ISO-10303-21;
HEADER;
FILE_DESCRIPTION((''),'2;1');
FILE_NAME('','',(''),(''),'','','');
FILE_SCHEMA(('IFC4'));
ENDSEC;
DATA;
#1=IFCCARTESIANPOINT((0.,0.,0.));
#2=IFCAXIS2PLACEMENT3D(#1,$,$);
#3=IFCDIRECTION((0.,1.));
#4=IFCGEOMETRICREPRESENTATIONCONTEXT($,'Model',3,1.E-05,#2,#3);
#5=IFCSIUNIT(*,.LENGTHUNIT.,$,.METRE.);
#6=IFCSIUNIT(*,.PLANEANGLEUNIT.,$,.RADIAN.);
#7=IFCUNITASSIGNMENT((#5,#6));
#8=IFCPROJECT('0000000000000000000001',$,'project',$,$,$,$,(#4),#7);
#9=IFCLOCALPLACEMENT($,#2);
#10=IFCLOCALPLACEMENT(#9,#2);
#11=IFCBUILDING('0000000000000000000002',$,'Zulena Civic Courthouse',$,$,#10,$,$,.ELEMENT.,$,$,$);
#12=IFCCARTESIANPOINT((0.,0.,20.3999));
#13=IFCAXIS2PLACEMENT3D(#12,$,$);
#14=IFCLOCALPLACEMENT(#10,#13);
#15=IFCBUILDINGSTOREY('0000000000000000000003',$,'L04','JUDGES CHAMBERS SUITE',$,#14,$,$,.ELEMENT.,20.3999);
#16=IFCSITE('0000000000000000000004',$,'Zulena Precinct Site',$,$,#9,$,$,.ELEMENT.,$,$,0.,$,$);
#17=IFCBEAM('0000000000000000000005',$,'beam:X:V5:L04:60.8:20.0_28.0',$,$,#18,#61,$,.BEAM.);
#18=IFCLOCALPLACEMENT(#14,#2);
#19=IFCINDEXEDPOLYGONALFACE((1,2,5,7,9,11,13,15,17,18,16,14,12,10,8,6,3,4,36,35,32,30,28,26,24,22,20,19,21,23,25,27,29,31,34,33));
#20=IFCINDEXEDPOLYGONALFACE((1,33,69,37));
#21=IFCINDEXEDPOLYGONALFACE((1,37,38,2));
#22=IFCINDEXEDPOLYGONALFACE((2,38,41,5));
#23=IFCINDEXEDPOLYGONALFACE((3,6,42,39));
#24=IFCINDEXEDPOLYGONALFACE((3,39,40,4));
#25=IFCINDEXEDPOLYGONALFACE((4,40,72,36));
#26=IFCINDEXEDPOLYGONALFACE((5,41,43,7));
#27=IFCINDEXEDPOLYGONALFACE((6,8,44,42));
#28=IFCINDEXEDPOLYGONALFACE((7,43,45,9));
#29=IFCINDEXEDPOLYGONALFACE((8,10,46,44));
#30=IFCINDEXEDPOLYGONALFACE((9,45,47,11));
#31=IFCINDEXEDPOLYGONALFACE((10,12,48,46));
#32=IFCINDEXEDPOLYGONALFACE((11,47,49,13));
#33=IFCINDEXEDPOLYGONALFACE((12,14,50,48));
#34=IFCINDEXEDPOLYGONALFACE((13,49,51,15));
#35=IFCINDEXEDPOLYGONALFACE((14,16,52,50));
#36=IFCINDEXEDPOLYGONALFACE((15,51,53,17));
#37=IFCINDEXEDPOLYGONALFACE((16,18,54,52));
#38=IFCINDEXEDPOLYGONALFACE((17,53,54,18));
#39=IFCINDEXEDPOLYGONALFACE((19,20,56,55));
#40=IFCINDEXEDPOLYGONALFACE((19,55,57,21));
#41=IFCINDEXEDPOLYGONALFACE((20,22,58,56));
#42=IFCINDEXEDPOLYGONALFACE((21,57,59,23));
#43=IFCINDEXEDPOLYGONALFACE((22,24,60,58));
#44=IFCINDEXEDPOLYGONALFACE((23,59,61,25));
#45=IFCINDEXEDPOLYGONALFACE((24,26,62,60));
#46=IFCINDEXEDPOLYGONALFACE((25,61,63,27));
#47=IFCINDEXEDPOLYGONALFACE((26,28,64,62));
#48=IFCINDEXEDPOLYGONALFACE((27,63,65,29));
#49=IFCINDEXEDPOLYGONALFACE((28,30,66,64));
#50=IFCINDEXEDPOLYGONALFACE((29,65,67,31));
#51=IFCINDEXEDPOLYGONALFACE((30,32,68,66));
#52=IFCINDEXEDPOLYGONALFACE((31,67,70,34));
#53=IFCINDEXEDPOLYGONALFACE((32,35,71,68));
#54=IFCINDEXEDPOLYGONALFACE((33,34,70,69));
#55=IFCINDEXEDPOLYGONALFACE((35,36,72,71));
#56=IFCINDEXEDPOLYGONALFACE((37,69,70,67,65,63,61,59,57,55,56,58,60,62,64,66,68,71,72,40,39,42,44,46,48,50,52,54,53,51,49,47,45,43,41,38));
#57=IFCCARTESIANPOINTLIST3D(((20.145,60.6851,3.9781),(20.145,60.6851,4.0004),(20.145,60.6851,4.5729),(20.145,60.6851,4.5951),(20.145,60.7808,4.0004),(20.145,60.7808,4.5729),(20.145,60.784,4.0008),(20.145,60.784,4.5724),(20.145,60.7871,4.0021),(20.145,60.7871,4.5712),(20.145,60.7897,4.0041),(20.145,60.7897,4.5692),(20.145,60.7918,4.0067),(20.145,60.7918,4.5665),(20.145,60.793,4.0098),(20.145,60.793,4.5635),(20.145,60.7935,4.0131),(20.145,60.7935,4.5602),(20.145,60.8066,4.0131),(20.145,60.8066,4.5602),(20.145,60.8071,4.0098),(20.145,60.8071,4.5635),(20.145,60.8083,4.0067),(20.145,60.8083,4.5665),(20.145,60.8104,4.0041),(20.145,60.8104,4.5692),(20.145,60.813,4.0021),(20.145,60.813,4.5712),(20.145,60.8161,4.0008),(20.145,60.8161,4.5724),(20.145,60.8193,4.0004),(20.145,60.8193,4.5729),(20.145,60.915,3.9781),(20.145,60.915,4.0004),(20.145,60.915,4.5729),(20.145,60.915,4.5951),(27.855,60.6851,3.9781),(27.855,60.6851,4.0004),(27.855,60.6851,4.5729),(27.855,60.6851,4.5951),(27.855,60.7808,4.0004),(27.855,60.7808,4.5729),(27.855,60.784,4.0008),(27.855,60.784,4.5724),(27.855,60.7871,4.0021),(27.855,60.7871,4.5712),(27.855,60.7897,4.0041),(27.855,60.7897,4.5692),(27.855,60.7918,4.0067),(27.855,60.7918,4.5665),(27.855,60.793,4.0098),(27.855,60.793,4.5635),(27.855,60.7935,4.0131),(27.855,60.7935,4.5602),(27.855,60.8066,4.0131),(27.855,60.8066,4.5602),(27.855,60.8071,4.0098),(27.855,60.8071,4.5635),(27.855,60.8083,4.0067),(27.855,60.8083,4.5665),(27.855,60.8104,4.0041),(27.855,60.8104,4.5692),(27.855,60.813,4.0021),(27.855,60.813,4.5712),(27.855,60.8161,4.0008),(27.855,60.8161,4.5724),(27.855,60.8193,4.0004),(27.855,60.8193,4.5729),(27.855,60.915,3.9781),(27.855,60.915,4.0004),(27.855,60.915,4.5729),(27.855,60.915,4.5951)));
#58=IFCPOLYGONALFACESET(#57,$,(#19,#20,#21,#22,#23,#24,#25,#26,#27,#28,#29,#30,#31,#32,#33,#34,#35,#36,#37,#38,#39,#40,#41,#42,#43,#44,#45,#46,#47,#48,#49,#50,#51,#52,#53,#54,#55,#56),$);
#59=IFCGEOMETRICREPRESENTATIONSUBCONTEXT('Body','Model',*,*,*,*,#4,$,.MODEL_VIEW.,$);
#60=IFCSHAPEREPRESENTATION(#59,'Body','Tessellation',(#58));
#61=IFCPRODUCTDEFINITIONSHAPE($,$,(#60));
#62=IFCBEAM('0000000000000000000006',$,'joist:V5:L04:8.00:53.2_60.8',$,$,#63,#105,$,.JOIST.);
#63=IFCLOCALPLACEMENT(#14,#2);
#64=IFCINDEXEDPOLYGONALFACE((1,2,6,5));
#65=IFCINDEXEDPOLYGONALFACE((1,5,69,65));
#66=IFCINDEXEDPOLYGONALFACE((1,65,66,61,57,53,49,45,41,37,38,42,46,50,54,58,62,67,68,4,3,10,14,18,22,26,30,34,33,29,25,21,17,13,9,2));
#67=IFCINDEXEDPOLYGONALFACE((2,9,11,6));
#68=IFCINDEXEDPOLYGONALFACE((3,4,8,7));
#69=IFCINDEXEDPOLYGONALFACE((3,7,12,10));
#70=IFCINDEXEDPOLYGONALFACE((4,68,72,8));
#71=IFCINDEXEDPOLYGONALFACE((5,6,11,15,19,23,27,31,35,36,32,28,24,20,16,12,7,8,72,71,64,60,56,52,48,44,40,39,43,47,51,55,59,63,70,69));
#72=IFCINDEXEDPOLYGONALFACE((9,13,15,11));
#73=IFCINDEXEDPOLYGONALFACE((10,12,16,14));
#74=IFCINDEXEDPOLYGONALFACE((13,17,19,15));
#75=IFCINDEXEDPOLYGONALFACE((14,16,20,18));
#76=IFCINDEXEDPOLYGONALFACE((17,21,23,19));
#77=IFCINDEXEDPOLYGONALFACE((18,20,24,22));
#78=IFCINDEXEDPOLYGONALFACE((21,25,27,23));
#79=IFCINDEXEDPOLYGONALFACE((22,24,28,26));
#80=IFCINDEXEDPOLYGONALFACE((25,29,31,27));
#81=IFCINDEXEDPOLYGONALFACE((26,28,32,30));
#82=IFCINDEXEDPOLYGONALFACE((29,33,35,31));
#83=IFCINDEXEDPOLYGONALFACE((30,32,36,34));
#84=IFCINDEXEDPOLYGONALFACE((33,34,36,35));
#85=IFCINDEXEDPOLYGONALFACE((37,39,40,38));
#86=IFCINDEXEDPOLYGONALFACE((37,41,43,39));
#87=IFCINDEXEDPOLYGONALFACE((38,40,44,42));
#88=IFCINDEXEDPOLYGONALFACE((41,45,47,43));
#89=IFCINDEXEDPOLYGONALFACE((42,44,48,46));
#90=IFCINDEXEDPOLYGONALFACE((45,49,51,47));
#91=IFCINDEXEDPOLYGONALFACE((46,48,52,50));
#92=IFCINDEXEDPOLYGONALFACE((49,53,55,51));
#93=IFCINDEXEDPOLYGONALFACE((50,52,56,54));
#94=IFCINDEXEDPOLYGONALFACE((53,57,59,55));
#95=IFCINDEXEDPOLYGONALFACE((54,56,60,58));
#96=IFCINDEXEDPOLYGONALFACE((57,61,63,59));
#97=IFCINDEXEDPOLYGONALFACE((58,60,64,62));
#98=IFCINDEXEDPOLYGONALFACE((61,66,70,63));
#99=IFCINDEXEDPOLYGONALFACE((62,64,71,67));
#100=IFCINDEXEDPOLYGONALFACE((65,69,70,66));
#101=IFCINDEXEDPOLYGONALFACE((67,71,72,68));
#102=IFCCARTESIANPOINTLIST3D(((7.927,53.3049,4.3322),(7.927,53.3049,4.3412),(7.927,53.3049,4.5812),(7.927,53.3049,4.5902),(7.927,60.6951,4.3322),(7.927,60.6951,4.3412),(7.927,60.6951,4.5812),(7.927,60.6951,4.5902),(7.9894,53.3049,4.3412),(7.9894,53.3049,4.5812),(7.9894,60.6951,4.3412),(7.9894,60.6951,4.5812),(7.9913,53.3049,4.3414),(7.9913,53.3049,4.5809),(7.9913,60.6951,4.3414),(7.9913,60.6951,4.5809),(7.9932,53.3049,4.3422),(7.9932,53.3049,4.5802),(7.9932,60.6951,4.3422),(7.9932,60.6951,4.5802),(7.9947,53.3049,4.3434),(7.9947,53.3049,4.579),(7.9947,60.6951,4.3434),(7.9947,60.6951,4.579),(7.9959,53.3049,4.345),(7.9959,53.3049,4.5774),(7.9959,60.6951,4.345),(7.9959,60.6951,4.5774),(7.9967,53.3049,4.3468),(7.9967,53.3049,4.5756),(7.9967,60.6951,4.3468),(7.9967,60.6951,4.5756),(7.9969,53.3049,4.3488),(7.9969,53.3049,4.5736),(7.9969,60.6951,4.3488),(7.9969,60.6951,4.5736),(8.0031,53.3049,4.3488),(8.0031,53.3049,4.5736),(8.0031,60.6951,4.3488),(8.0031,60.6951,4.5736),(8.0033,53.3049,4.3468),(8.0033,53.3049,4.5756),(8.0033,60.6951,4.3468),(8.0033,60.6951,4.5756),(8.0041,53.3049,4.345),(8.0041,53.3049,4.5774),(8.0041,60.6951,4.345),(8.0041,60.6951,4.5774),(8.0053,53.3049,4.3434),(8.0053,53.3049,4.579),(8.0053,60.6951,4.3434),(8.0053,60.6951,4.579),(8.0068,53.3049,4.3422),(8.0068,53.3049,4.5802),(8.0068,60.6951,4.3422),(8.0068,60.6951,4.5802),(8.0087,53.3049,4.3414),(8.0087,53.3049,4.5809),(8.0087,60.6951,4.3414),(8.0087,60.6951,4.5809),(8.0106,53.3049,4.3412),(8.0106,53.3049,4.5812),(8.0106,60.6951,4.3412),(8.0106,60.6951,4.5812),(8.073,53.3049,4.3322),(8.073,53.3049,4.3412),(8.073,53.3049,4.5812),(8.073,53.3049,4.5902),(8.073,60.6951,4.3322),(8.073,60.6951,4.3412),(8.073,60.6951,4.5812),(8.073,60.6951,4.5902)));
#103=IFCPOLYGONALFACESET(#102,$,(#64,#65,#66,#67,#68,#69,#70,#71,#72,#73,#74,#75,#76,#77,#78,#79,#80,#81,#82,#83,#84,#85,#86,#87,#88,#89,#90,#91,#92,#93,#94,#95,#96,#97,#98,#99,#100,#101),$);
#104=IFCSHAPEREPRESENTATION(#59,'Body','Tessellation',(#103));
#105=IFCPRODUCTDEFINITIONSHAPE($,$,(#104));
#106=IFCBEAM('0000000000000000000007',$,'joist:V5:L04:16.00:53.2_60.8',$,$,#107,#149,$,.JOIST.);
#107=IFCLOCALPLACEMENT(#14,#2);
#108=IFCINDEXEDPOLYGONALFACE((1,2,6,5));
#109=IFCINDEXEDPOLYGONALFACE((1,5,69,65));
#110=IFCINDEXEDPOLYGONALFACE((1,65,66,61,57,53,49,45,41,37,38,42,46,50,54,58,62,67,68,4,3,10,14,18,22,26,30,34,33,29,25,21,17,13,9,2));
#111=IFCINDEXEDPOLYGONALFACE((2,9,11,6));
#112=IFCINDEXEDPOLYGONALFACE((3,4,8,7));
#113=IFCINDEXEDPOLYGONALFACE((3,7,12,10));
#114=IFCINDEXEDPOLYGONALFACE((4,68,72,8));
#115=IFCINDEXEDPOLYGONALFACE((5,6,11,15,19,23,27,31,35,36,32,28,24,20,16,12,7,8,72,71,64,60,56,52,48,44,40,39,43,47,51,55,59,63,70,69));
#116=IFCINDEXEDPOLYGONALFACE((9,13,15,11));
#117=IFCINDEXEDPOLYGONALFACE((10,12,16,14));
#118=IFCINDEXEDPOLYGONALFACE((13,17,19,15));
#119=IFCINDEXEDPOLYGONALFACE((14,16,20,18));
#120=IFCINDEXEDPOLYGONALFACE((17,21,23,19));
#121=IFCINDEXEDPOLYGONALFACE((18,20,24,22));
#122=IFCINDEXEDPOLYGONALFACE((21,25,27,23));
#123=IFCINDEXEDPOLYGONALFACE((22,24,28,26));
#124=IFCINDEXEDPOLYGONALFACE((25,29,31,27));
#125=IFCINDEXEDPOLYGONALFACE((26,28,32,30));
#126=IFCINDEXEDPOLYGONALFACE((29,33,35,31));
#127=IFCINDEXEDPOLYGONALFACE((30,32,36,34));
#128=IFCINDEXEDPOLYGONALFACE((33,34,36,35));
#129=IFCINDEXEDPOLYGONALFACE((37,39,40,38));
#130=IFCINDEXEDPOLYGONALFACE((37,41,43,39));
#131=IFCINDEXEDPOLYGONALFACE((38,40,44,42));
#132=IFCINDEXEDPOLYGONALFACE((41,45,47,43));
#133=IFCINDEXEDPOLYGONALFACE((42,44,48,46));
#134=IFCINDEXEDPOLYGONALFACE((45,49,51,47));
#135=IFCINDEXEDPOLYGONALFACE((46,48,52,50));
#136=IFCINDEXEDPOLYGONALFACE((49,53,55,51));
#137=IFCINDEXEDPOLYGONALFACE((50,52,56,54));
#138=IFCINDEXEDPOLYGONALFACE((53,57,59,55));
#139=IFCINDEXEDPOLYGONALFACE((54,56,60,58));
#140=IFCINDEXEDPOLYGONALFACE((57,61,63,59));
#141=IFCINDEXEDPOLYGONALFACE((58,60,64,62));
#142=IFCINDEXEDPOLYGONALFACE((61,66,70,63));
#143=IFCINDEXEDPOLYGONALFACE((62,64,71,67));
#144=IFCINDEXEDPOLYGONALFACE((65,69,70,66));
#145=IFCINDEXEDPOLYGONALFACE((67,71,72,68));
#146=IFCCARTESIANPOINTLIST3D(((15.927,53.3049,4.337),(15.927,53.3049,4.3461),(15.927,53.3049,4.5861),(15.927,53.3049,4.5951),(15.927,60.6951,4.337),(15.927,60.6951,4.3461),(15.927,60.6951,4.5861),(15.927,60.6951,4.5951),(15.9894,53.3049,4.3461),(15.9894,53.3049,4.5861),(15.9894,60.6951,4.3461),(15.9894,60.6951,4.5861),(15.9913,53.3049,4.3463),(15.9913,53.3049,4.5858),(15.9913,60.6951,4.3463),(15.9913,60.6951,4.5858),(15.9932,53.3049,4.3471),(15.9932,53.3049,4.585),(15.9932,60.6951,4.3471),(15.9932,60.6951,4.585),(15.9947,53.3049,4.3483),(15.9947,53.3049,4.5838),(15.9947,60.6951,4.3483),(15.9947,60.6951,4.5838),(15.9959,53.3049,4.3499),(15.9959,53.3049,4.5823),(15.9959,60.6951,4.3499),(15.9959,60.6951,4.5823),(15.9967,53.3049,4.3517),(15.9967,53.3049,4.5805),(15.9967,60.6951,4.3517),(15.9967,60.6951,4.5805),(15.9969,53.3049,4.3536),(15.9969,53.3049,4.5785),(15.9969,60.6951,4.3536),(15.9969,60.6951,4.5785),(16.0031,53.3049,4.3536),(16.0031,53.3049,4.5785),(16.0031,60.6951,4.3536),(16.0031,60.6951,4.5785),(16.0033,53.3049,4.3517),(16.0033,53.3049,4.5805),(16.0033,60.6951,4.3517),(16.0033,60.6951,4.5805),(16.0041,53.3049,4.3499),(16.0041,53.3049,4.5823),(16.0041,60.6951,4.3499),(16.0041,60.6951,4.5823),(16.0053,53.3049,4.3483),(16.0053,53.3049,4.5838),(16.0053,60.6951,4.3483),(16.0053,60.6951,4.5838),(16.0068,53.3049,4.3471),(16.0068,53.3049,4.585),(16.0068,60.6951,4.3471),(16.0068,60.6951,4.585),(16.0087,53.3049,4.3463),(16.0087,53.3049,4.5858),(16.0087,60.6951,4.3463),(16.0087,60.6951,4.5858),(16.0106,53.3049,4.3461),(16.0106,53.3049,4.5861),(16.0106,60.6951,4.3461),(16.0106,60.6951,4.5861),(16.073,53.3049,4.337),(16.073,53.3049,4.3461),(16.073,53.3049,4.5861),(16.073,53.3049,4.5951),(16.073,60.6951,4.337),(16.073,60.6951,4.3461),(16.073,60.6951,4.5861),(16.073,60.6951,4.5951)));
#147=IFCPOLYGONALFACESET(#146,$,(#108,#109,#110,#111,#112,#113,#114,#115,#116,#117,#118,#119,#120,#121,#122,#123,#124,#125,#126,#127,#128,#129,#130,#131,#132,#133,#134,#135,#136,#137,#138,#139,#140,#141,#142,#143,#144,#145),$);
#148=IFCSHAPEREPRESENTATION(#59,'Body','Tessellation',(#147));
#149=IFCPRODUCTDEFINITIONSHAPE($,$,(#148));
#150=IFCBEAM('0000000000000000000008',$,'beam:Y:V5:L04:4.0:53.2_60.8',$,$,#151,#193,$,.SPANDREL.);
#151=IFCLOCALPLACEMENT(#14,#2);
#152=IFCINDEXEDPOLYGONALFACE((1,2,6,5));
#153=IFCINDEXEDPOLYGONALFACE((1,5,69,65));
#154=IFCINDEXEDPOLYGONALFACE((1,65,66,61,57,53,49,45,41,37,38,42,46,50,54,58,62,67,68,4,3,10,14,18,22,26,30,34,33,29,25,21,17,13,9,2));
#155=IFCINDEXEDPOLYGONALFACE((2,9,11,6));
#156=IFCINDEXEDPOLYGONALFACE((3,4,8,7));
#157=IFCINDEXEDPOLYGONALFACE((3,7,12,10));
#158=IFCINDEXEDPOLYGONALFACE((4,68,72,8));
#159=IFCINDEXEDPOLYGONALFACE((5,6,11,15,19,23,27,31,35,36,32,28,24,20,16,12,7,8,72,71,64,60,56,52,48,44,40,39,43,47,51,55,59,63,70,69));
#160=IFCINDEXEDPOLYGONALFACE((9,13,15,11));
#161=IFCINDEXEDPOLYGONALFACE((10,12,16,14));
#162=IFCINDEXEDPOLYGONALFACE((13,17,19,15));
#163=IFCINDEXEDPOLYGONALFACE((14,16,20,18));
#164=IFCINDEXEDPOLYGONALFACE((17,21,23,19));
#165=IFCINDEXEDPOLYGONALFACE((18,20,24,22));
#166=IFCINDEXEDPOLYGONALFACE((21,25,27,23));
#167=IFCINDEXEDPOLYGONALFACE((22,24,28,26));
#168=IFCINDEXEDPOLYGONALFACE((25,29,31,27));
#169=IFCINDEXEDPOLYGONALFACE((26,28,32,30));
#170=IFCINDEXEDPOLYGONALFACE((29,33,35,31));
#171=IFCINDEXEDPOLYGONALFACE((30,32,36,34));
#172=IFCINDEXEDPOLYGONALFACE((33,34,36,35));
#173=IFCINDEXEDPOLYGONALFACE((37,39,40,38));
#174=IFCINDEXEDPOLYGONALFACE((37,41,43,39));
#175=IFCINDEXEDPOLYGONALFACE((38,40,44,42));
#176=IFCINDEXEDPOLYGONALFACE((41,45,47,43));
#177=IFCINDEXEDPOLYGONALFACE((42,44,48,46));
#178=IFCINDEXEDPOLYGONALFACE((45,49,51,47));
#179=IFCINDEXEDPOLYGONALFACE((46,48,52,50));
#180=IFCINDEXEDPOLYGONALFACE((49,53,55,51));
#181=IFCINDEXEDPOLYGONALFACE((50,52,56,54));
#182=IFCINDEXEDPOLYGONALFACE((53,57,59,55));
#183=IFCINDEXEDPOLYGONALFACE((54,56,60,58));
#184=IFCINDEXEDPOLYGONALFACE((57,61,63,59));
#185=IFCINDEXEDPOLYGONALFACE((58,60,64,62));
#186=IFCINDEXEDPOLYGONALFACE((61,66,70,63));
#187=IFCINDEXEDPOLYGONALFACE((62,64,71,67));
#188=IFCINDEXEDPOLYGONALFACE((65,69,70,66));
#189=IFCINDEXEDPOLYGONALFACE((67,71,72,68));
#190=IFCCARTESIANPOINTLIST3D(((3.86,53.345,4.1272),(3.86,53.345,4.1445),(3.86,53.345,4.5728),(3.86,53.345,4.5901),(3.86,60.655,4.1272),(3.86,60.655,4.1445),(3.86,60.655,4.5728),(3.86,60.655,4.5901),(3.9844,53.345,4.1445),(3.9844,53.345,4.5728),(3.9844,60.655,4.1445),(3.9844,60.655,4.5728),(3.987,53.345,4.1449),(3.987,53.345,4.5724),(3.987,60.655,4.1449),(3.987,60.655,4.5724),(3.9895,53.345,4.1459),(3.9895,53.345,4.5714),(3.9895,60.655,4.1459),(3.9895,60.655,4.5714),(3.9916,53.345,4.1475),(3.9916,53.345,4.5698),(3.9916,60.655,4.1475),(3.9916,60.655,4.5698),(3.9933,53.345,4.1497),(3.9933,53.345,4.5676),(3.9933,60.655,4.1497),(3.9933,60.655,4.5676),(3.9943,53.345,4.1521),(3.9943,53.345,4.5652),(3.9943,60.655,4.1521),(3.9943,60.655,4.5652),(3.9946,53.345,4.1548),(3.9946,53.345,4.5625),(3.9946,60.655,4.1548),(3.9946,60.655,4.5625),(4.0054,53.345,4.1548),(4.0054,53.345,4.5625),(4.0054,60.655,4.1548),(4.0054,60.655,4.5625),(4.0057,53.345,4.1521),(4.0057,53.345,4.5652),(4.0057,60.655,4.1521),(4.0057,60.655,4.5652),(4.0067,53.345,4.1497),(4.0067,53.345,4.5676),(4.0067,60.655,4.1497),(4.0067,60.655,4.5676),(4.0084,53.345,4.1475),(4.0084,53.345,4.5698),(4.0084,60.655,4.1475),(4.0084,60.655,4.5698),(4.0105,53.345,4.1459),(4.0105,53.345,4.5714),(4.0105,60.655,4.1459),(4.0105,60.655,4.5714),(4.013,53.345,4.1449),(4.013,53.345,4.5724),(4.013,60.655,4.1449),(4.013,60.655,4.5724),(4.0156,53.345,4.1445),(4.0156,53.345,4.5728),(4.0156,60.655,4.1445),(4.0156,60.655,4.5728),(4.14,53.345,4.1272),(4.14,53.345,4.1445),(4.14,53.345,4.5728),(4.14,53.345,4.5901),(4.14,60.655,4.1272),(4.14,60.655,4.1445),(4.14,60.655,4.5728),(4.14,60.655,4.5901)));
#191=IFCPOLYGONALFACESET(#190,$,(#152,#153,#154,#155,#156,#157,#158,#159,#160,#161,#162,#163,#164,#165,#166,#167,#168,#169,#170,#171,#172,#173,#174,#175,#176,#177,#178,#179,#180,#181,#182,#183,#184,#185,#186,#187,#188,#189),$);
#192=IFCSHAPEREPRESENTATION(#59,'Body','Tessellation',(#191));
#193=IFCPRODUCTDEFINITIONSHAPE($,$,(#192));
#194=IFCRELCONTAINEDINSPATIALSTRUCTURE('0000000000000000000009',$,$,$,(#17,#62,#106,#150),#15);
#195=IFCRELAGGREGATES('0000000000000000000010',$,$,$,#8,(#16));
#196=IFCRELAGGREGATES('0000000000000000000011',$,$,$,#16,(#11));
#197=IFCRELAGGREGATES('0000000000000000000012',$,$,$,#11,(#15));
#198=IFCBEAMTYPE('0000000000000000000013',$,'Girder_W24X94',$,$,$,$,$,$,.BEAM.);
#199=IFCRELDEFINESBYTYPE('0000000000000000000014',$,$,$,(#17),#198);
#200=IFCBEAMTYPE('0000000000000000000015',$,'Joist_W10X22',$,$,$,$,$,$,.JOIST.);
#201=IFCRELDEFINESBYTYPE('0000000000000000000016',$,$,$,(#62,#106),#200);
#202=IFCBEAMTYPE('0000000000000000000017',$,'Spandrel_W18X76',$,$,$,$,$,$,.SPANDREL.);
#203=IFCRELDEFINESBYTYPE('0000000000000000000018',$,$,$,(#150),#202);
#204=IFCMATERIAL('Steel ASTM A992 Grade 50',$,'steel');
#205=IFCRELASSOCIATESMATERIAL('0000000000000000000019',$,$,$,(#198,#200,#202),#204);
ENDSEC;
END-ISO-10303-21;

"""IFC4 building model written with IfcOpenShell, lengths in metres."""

from ifc_helpers import new_model, si_unit, direction, frame, origin, origin_2d, place, context, subcontext, project, spatial, i_section, extrude, material, material_profile, profile_set, type_object, element, save


model = new_model("IFC4")

# Units and contexts
model_context = context("Model", 3, precision=1e-05, world=origin(), true_north=direction((0.0, 1.0)))
body_context = subcontext(model_context, "Body", "Model", "MODEL_VIEW")
ifc_project = project(units=[si_unit("LENGTHUNIT", "METRE"), si_unit("PLANEANGLEUNIT", "RADIAN")], contexts=[model_context])

# Site, building, storey
site_placement = place(None, origin())
site = spatial("IfcSite", under=ifc_project, at=site_placement, Name="Zulena Precinct Site", CompositionType="ELEMENT", RefElevation=0.0)
building_placement = place(site_placement, origin())
building = spatial("IfcBuilding", under=site, at=building_placement, Name="Zulena Civic Courthouse", CompositionType="ELEMENT")
storey_placement = place(building_placement, frame((0.0, 0.0, 20.3999)))
storey = spatial("IfcBuildingStorey", under=building, at=storey_placement, Name="L04", Description="JUDGES CHAMBERS SUITE", CompositionType="ELEMENT", Elevation=20.3999)

# Shared definitions
ifc_material_1 = material(Name="Steel ASTM A992 Grade 50", Category="steel")

# Beams
ifc_material_profile_1 = material_profile(ifc_material_1, i_section(OverallWidth=0.23, OverallDepth=0.6169, WebThickness=0.0132, FlangeThickness=0.0222, FilletRadius=0.0127, at=origin_2d()), Name="W24X94")
ifc_profile_set_1 = profile_set([ifc_material_profile_1], Name="Steel ASTM A992 Grade 50")
beam_type_1 = type_object("IfcBeamType", Name="Girder_W24X94", PredefinedType="BEAM", material=ifc_profile_set_1)
for number, where, z_axis, x_axis, name in (
    (1, (20.145, 60.8, 4.2866), (1.0, 0.0, 0.0), (0.0, 1.0, 0.0), "beam:X:V5:L04:60.8:20.0_28.0"),
):
    element("IfcBeam", number, at=place(storey_placement, frame(where, z_axis=z_axis, x_axis=x_axis)), inside=storey, type_object=beam_type_1, Name=name, PredefinedType="BEAM", context=body_context, shape_type="SweptSolid", body=[
        extrude(i_section(OverallWidth=0.23, OverallDepth=0.6169, WebThickness=0.0132, FlangeThickness=0.0222, FilletRadius=0.0127, at=origin_2d()), origin(), (0.0, 0.0, 1.0), 7.71),
    ])
ifc_material_profile_2 = material_profile(ifc_material_1, i_section(OverallWidth=0.146, OverallDepth=0.2581, WebThickness=0.0061, FlangeThickness=0.009, FilletRadius=0.0076, at=origin_2d()), Name="W10X22")
ifc_profile_set_2 = profile_set([ifc_material_profile_2], Name="Steel ASTM A992 Grade 50")
beam_type_2 = type_object("IfcBeamType", Name="Joist_W10X22", PredefinedType="JOIST", material=ifc_profile_set_2)
for number, where, z_axis, x_axis, name in (
    (2, (8.0, 53.3049, 4.4612), (0.0, 1.0, 0.0), (-1.0, 0.0, 0.0), "joist:V5:L04:8.00:53.2_60.8"),
    (3, (16.0, 53.3049, 4.4661), (0.0, 1.0, 0.0), (-1.0, 0.0, 0.0), "joist:V5:L04:16.00:53.2_60.8"),
):
    element("IfcBeam", number, at=place(storey_placement, frame(where, z_axis=z_axis, x_axis=x_axis)), inside=storey, type_object=beam_type_2, Name=name, PredefinedType="JOIST", context=body_context, shape_type="SweptSolid", body=[
        extrude(i_section(OverallWidth=0.146, OverallDepth=0.2581, WebThickness=0.0061, FlangeThickness=0.009, FilletRadius=0.0076, at=origin_2d()), origin(), (0.0, 0.0, 1.0), 7.3901),
    ])
ifc_material_profile_3 = material_profile(ifc_material_1, i_section(OverallWidth=0.28, OverallDepth=0.4629, WebThickness=0.0107, FlangeThickness=0.0173, FilletRadius=0.0103, at=origin_2d()), Name="W18X76")
ifc_profile_set_3 = profile_set([ifc_material_profile_3], Name="Steel ASTM A992 Grade 50")
beam_type_3 = type_object("IfcBeamType", Name="Spandrel_W18X76", PredefinedType="SPANDREL", material=ifc_profile_set_3)
beam_placement = place(storey_placement, frame((4.0, 53.345, 4.3586), z_axis=(0.0, 1.0, 0.0), x_axis=(-1.0, 0.0, 0.0)))
element("IfcBeam", 4, at=beam_placement, inside=storey, type_object=beam_type_3, Name="beam:Y:V5:L04:4.0:53.2_60.8", PredefinedType="SPANDREL", context=body_context, shape_type="SweptSolid", body=[
    extrude(i_section(OverallWidth=0.28, OverallDepth=0.4629, WebThickness=0.0107, FlangeThickness=0.0173, FilletRadius=0.0103, at=origin_2d()), origin(), (0.0, 0.0, 1.0), 7.3101),
])

save(model, "model.ifc")
